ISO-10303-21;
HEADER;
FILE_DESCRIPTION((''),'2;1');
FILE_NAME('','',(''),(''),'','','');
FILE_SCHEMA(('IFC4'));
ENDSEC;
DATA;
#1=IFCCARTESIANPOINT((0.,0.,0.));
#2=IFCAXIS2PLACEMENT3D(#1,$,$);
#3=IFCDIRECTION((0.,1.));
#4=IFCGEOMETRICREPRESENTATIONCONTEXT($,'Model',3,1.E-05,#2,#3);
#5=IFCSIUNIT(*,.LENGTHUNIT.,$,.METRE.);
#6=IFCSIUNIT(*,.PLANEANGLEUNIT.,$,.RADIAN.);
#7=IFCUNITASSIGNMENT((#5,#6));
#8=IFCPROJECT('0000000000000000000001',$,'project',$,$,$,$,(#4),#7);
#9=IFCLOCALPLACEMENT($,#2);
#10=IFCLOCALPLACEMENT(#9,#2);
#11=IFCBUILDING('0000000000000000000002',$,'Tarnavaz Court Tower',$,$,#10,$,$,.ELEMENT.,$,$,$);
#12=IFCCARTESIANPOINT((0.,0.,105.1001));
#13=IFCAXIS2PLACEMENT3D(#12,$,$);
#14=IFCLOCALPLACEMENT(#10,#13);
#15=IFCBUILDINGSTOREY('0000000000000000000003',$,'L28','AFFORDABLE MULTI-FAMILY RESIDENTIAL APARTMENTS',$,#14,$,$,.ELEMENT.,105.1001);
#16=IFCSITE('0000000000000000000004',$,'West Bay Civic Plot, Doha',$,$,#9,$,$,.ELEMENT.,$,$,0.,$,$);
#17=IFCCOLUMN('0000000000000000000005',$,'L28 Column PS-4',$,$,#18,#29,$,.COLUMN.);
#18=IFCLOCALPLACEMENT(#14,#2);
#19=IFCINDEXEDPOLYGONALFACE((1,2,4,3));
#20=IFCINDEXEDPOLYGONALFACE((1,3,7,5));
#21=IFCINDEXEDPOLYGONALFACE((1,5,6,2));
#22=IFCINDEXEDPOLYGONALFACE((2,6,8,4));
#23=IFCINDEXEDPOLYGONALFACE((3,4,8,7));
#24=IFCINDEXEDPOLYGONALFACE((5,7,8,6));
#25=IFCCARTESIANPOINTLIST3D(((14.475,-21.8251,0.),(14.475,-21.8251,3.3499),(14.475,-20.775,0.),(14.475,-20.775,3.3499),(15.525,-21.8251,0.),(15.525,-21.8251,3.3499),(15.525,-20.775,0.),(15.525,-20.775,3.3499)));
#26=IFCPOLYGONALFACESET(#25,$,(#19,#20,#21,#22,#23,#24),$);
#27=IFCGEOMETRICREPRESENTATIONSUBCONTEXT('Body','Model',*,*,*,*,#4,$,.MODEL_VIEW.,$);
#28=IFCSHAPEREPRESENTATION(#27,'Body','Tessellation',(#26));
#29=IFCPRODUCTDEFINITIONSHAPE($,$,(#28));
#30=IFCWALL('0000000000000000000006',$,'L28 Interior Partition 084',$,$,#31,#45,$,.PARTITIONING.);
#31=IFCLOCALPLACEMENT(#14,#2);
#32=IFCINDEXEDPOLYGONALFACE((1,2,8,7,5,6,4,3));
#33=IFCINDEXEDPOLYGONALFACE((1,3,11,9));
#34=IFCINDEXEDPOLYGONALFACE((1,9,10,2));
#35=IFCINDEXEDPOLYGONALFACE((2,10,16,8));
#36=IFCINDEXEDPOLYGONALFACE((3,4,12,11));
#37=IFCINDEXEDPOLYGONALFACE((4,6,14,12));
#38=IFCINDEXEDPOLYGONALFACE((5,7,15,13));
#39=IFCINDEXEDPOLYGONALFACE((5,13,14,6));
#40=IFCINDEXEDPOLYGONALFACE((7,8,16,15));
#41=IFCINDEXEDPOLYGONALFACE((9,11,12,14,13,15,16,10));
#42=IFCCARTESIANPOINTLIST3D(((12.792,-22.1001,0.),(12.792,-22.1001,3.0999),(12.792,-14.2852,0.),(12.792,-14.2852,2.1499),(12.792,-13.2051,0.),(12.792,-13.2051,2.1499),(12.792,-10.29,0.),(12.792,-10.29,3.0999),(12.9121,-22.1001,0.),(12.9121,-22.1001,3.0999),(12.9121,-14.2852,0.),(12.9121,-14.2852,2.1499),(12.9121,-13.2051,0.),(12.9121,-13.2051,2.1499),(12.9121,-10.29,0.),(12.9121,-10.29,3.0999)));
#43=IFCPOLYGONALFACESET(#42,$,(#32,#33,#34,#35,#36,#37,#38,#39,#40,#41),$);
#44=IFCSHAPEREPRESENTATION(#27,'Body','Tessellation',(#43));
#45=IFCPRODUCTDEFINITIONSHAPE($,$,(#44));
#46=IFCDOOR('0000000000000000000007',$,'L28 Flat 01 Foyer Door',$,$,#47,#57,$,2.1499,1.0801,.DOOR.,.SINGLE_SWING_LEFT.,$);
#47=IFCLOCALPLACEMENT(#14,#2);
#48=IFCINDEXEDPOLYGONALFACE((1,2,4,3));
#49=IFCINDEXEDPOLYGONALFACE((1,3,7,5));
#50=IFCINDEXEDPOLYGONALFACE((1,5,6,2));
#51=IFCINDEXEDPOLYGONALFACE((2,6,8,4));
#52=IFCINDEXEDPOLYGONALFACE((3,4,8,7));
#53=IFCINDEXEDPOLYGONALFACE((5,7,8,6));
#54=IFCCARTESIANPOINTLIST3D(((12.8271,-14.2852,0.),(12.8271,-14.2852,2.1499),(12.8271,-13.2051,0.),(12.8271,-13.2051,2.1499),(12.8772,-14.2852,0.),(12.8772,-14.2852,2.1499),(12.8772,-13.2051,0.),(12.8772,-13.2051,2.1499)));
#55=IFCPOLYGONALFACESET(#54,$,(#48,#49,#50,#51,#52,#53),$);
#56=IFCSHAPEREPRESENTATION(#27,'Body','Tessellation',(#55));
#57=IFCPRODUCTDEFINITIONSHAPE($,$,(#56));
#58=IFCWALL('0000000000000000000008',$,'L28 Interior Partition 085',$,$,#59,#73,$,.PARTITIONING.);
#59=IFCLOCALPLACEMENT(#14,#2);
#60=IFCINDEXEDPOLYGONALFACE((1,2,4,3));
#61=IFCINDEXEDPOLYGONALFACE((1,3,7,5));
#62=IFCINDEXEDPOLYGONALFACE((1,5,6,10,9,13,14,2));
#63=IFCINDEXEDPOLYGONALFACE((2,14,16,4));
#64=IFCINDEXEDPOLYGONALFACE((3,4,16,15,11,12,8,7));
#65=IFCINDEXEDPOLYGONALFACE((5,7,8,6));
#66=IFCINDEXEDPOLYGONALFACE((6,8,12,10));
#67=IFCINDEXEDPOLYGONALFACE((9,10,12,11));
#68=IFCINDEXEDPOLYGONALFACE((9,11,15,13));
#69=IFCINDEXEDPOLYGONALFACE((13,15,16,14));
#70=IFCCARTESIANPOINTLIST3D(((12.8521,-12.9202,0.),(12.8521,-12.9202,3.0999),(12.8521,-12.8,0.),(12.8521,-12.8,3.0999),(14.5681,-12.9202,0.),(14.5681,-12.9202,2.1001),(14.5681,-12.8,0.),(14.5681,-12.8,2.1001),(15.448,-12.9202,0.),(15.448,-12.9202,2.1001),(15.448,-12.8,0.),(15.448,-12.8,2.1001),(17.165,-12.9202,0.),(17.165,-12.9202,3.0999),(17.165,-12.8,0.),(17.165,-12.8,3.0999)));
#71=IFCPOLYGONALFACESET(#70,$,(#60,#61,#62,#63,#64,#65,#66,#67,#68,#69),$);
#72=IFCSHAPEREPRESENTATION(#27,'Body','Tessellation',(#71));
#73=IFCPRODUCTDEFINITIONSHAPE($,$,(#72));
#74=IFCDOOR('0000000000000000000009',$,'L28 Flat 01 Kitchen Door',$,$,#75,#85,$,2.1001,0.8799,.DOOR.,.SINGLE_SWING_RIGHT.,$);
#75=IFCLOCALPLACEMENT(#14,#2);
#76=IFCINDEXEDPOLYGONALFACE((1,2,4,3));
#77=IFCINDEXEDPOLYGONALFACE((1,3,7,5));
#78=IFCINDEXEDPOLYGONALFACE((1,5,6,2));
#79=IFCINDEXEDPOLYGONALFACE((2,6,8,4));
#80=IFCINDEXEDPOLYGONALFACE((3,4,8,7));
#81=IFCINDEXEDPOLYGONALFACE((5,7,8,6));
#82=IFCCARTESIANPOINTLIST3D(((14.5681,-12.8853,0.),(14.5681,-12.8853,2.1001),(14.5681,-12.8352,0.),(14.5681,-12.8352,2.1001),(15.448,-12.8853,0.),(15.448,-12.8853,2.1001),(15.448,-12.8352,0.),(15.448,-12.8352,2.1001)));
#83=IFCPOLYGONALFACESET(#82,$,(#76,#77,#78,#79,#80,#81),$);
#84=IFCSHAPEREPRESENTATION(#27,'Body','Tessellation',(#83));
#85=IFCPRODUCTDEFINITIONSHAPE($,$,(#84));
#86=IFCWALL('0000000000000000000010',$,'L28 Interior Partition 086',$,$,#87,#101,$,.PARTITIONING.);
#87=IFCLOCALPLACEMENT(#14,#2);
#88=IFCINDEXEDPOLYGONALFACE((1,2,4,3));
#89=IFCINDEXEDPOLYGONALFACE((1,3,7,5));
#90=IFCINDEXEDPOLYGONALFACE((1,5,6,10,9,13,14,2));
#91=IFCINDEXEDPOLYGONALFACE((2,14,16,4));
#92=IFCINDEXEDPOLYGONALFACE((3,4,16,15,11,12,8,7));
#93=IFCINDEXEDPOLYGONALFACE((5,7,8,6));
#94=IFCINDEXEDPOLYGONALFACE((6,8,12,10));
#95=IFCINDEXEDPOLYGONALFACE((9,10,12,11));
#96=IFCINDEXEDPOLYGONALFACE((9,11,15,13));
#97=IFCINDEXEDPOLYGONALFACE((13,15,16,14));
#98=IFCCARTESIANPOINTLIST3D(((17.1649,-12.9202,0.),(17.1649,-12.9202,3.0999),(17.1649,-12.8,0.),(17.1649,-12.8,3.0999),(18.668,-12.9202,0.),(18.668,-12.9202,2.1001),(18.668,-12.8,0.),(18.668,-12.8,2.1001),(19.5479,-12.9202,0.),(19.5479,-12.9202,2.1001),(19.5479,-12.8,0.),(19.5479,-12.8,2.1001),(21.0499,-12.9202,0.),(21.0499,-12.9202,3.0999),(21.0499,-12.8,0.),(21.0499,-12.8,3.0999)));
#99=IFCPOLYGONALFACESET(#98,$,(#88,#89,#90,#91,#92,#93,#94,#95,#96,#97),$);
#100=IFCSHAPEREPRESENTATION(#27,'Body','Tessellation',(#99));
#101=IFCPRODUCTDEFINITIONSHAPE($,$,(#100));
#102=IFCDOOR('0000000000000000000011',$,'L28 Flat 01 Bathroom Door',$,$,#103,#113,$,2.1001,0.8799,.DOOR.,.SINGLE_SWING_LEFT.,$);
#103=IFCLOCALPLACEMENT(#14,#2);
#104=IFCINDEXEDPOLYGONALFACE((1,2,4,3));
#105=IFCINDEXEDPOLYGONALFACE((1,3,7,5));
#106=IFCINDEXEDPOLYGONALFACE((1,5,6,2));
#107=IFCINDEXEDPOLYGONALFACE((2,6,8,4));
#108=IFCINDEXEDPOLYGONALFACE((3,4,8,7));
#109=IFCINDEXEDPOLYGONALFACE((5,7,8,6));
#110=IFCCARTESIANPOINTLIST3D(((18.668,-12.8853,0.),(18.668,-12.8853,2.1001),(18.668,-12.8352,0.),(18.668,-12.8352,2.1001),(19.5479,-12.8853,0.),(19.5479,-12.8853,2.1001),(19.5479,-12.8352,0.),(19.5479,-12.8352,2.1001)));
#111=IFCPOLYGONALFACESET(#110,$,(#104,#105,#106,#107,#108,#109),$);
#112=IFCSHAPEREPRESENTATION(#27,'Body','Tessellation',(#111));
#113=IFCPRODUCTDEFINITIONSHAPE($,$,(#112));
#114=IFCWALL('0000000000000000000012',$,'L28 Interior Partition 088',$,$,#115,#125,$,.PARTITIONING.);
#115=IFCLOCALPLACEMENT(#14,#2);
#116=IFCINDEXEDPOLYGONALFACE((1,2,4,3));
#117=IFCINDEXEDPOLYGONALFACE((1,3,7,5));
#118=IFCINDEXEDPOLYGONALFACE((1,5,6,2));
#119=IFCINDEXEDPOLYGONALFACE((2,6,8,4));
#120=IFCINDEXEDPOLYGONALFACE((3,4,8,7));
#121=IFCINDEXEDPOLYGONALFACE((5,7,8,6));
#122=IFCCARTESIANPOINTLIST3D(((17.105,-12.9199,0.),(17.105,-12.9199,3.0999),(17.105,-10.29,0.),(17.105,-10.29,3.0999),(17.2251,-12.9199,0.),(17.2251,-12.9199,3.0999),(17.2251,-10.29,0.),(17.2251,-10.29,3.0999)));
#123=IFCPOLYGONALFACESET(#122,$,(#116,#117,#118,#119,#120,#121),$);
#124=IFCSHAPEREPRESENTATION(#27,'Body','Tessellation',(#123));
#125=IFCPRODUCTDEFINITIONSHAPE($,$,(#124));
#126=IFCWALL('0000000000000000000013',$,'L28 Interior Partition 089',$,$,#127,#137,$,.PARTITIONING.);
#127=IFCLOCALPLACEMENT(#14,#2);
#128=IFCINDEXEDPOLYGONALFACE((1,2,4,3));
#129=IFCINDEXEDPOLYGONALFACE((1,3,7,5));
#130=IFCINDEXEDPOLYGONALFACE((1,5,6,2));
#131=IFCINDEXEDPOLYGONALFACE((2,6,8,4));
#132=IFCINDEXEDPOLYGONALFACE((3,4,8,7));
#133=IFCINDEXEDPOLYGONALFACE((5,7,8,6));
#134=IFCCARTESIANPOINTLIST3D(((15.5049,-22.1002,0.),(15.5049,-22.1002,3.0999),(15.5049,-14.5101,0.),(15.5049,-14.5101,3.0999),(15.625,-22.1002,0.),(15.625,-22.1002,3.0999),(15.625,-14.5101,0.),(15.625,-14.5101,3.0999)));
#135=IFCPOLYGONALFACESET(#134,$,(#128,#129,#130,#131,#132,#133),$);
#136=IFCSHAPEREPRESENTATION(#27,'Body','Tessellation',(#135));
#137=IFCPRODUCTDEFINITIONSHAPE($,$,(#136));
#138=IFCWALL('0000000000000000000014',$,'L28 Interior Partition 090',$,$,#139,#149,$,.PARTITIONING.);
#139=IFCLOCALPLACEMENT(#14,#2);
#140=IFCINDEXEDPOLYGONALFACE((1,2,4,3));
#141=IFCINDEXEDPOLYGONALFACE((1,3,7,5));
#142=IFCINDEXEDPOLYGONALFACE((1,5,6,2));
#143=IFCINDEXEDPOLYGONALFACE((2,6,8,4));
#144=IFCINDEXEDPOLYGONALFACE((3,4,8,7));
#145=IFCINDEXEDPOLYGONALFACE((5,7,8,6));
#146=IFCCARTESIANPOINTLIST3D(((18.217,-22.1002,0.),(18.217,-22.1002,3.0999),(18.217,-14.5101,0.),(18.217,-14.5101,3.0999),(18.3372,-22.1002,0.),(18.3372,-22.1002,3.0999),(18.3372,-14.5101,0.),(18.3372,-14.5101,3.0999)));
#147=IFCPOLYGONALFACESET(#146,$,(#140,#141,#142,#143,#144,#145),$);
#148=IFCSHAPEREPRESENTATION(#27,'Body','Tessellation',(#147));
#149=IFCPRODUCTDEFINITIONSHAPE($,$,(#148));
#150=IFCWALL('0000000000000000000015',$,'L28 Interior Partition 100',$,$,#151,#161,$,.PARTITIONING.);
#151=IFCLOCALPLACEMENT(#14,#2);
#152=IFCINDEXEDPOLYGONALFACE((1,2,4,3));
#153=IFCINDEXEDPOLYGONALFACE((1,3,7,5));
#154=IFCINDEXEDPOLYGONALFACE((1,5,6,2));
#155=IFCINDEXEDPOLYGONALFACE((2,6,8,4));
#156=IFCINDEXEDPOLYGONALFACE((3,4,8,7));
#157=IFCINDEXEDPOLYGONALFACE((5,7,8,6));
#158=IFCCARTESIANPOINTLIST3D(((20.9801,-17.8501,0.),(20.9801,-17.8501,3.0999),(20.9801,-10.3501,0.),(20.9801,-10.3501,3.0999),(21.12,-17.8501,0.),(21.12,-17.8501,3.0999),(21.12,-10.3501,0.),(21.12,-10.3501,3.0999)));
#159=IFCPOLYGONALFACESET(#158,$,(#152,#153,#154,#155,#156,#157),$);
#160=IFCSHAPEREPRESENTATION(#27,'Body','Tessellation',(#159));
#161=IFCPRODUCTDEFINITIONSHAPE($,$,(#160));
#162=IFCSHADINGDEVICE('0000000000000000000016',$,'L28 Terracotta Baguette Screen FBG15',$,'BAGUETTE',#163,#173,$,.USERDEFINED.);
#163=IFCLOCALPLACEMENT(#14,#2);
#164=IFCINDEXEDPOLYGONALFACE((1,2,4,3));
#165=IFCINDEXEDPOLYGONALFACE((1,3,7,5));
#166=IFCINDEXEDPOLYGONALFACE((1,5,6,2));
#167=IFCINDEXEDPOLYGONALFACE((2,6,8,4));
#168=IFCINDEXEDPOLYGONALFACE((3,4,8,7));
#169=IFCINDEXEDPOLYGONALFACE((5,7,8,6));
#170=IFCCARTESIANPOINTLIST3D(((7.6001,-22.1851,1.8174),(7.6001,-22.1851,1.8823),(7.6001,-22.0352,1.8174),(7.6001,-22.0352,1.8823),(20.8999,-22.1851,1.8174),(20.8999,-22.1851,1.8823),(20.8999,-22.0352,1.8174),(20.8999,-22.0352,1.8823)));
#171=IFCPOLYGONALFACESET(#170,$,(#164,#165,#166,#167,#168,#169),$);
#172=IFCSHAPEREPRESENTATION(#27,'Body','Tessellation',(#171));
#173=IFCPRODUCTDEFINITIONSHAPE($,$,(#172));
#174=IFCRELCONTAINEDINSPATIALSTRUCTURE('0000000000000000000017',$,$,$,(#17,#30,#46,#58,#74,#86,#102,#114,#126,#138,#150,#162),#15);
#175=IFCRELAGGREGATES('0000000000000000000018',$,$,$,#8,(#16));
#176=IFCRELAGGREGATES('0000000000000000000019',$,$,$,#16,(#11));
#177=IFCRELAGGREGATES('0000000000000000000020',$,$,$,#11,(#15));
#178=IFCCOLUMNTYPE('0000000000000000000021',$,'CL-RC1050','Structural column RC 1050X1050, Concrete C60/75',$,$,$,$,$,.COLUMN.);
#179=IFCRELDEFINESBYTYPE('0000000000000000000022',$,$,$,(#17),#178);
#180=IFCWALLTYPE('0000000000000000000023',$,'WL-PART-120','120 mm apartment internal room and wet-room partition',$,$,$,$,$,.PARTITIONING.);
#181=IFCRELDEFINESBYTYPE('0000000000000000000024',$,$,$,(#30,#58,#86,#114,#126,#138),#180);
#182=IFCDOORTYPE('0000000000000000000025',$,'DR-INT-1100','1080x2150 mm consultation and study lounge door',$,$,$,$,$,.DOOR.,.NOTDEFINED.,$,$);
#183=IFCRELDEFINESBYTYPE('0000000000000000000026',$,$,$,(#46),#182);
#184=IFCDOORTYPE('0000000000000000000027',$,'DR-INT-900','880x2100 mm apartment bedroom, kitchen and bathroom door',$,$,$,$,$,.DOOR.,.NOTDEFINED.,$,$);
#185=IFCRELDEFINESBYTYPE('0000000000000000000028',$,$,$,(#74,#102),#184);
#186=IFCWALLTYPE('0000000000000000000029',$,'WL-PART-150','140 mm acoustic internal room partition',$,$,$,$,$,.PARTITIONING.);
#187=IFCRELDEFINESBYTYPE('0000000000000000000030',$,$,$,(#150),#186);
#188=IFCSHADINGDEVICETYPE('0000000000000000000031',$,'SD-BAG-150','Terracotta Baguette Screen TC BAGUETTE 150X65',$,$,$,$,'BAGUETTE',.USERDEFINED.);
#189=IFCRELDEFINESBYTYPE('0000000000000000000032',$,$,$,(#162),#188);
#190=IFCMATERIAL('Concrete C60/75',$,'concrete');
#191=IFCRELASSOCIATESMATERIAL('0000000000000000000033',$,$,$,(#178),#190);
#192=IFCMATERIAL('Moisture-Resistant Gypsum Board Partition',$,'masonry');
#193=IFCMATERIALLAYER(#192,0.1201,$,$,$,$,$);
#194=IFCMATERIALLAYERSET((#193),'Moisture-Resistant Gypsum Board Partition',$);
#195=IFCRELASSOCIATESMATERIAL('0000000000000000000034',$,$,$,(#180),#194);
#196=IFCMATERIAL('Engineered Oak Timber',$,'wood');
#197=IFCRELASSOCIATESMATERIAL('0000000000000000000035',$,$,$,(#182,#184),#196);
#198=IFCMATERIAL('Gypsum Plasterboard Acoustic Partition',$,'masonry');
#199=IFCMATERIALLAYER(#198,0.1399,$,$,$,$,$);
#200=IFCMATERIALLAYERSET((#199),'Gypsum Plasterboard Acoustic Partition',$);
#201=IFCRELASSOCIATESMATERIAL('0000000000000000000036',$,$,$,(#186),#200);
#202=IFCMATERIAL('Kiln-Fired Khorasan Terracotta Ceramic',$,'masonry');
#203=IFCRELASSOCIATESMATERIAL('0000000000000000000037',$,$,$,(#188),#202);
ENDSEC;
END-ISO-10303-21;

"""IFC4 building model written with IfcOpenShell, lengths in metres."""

from ifc_helpers import new_model, si_unit, direction, frame, frame_2d, origin, origin_2d, place, context, subcontext, project, spatial, rectangle, extrude, material, layer, layer_set, material_profile, profile_set, type_object, element, fill, save


model = new_model("IFC4")

# Units and contexts
model_context = context("Model", 3, precision=1e-05, world=origin(), true_north=direction((0.0, 1.0)))
body_context = subcontext(model_context, "Body", "Model", "MODEL_VIEW")
ifc_project = project(units=[si_unit("LENGTHUNIT", "METRE"), si_unit("PLANEANGLEUNIT", "RADIAN")], contexts=[model_context])

# Site, building, storey
site_placement = place(None, origin())
site = spatial("IfcSite", under=ifc_project, at=site_placement, Name="West Bay Civic Plot, Doha", CompositionType="ELEMENT", RefElevation=0.0)
building_placement = place(site_placement, origin())
building = spatial("IfcBuilding", under=site, at=building_placement, Name="Tarnavaz Court Tower", CompositionType="ELEMENT")
storey_placement = place(building_placement, frame((0.0, 0.0, 105.1001)))
storey = spatial("IfcBuildingStorey", under=building, at=storey_placement, Name="L28", Description="AFFORDABLE MULTI-FAMILY RESIDENTIAL APARTMENTS", CompositionType="ELEMENT", Elevation=105.1001)

# Column
ifc_material_1 = material(Name="Concrete C60/75", Category="concrete")
ifc_material_profile_1 = material_profile(ifc_material_1, rectangle(XDim=1.05, YDim=1.05, at=origin_2d()), Name="RC 1050X1050")
ifc_profile_set_1 = profile_set([ifc_material_profile_1], Name="Concrete C60/75")
column_type = type_object("IfcColumnType", Name="CL-RC1050", Description="Structural column RC 1050X1050, Concrete C60/75", PredefinedType="COLUMN", material=ifc_profile_set_1)
column_placement = place(storey_placement, frame((15.0, -21.3, 0.0), z_axis=(0.0, 0.0, 1.0), x_axis=(1.0, 0.0, 0.0)))
element("IfcColumn", 1, at=column_placement, inside=storey, type_object=column_type, Name="L28 Column PS-4", PredefinedType="COLUMN", context=body_context, shape_type="SweptSolid", body=[
    extrude(rectangle(XDim=1.05, YDim=1.05, at=origin_2d()), origin(), (0.0, 0.0, 1.0), 3.3499),
])

# Walls, openings, doors
ifc_material_2 = material(Name="Moisture-Resistant Gypsum Board Partition", Category="masonry")
ifc_layer_1 = layer(ifc_material_2, 0.1201)
ifc_layer_set_1 = layer_set([ifc_layer_1], Name="Moisture-Resistant Gypsum Board Partition")
wall_type_1 = type_object("IfcWallType", Name="WL-PART-120", Description="120 mm apartment internal room and wet-room partition", PredefinedType="PARTITIONING", material=ifc_layer_set_1)
wall_1_placement = place(storey_placement, frame((12.8521, -22.1001, 0.0), z_axis=(0.0, 0.0, 1.0), x_axis=(0.0, 1.0, 0.0)))
wall_1 = element("IfcWall", 2, at=wall_1_placement, inside=storey, type_object=wall_type_1, Name="L28 Interior Partition 084", PredefinedType="PARTITIONING", context=body_context, shape_type="SweptSolid", body=[
    extrude(rectangle(XDim=11.8101, YDim=0.1201, at=frame_2d((5.905, 0.0))), origin(), (0.0, 0.0, 1.0), 3.0999),
])
opening_1_placement = place(wall_1_placement, frame((7.8149, 0.0, 0.0)))
opening_1 = element("IfcOpeningElement", 3, at=opening_1_placement, cuts=wall_1, PredefinedType="OPENING", context=body_context, shape_type="SweptSolid", body=[
    extrude(rectangle(XDim=1.0801, YDim=2.1499, at=frame_2d((0.54, 1.075))), frame((0.0, 0.0701, 0.0), z_axis=(0.0, -1.0, 0.0), x_axis=(1.0, 0.0, 0.0)), (0.0, 0.0, 1.0), 0.1401),
])
ifc_material_3 = material(Name="Engineered Oak Timber", Category="wood")
door_type_1 = type_object("IfcDoorType", Name="DR-INT-1100", Description="1080x2150 mm consultation and study lounge door", OperationType="NOTDEFINED", PredefinedType="DOOR", material=ifc_material_3)
door_1_placement = place(opening_1_placement, origin())
door_1 = element("IfcDoor", 4, at=door_1_placement, inside=storey, type_object=door_type_1, Name="L28 Flat 01 Foyer Door", OperationType="SINGLE_SWING_LEFT", OverallHeight=2.1499, OverallWidth=1.0801, PredefinedType="DOOR", context=body_context, shape_type="SweptSolid", body=[
    extrude(rectangle(XDim=1.0801, YDim=2.1499, at=frame_2d((0.54, 1.075))), frame((0.0, 0.0249, 0.0), z_axis=(0.0, -1.0, 0.0), x_axis=(1.0, 0.0, 0.0)), (0.0, 0.0, 1.0), 0.05),
])
fill(opening_1, door_1)
wall_2_placement = place(storey_placement, frame((12.8521, -12.8601, 0.0), z_axis=(0.0, 0.0, 1.0), x_axis=(1.0, 0.0, 0.0)))
wall_2 = element("IfcWall", 5, at=wall_2_placement, inside=storey, type_object=wall_type_1, Name="L28 Interior Partition 085", PredefinedType="PARTITIONING", context=body_context, shape_type="SweptSolid", body=[
    extrude(rectangle(XDim=4.313, YDim=0.1201, at=frame_2d((2.1565, 0.0))), origin(), (0.0, 0.0, 1.0), 3.0999),
])
opening_2_placement = place(wall_2_placement, frame((1.7161, 0.0, 0.0)))
opening_2 = element("IfcOpeningElement", 6, at=opening_2_placement, cuts=wall_2, PredefinedType="OPENING", context=body_context, shape_type="SweptSolid", body=[
    extrude(rectangle(XDim=0.8799, YDim=2.1001, at=frame_2d((0.4399, 1.05))), frame((0.0, 0.0701, 0.0), z_axis=(0.0, -1.0, 0.0), x_axis=(1.0, 0.0, 0.0)), (0.0, 0.0, 1.0), 0.1401),
])
door_type_2 = type_object("IfcDoorType", Name="DR-INT-900", Description="880x2100 mm apartment bedroom, kitchen and bathroom door", OperationType="NOTDEFINED", PredefinedType="DOOR", material=ifc_material_3)
door_2_placement = place(opening_2_placement, origin())
door_2 = element("IfcDoor", 7, at=door_2_placement, inside=storey, type_object=door_type_2, Name="L28 Flat 01 Kitchen Door", OperationType="SINGLE_SWING_RIGHT", OverallHeight=2.1001, OverallWidth=0.8799, PredefinedType="DOOR", context=body_context, shape_type="SweptSolid", body=[
    extrude(rectangle(XDim=0.8799, YDim=2.1001, at=frame_2d((0.4399, 1.05))), frame((0.0, 0.0249, 0.0), z_axis=(0.0, -1.0, 0.0), x_axis=(1.0, 0.0, 0.0)), (0.0, 0.0, 1.0), 0.05),
])
fill(opening_2, door_2)
wall_3_placement = place(storey_placement, frame((17.165, -12.8601, 0.0), z_axis=(0.0, 0.0, 1.0), x_axis=(1.0, 0.0, 0.0)))
wall_3 = element("IfcWall", 8, at=wall_3_placement, inside=storey, type_object=wall_type_1, Name="L28 Interior Partition 086", PredefinedType="PARTITIONING", context=body_context, shape_type="SweptSolid", body=[
    extrude(rectangle(XDim=3.885, YDim=0.1201, at=frame_2d((1.9424, 0.0))), origin(), (0.0, 0.0, 1.0), 3.0999),
])
opening_3_placement = place(wall_3_placement, frame((1.5029, 0.0, 0.0)))
opening_3 = element("IfcOpeningElement", 9, at=opening_3_placement, cuts=wall_3, PredefinedType="OPENING", context=body_context, shape_type="SweptSolid", body=[
    extrude(rectangle(XDim=0.8799, YDim=2.1001, at=frame_2d((0.4399, 1.05))), frame((0.0, 0.0701, 0.0), z_axis=(0.0, -1.0, 0.0), x_axis=(1.0, 0.0, 0.0)), (0.0, 0.0, 1.0), 0.1401),
])
door_3_placement = place(opening_3_placement, origin())
door_3 = element("IfcDoor", 10, at=door_3_placement, inside=storey, type_object=door_type_2, Name="L28 Flat 01 Bathroom Door", OperationType="SINGLE_SWING_LEFT", OverallHeight=2.1001, OverallWidth=0.8799, PredefinedType="DOOR", context=body_context, shape_type="SweptSolid", body=[
    extrude(rectangle(XDim=0.8799, YDim=2.1001, at=frame_2d((0.4399, 1.05))), frame((0.0, 0.0249, 0.0), z_axis=(0.0, -1.0, 0.0), x_axis=(1.0, 0.0, 0.0)), (0.0, 0.0, 1.0), 0.05),
])
fill(opening_3, door_3)

# Walls
wall_4_placement = place(storey_placement, frame((17.165, -12.9199, 0.0), z_axis=(0.0, 0.0, 1.0), x_axis=(0.0, 1.0, 0.0)))
element("IfcWall", 11, at=wall_4_placement, inside=storey, type_object=wall_type_1, Name="L28 Interior Partition 088", PredefinedType="PARTITIONING", context=body_context, shape_type="SweptSolid", body=[
    extrude(rectangle(XDim=2.6299, YDim=0.1201, at=frame_2d((1.3149, 0.0))), origin(), (0.0, 0.0, 1.0), 3.0999),
])
for number, where, z_axis, x_axis, name in (
    (12, (15.5649, -22.1001, 0.0), (0.0, 0.0, 1.0), (0.0, 1.0, 0.0), "L28 Interior Partition 089"),
    (13, (18.2771, -22.1001, 0.0), (0.0, 0.0, 1.0), (0.0, 1.0, 0.0), "L28 Interior Partition 090"),
):
    element("IfcWall", number, at=place(storey_placement, frame(where, z_axis=z_axis, x_axis=x_axis)), inside=storey, type_object=wall_type_1, Name=name, PredefinedType="PARTITIONING", context=body_context, shape_type="SweptSolid", body=[
        extrude(rectangle(XDim=7.5901, YDim=0.1201, at=frame_2d((3.7949, 0.0))), origin(), (0.0, 0.0, 1.0), 3.0999),
    ])
ifc_material_4 = material(Name="Gypsum Plasterboard Acoustic Partition", Category="masonry")
ifc_layer_2 = layer(ifc_material_4, 0.1399)
ifc_layer_set_2 = layer_set([ifc_layer_2], Name="Gypsum Plasterboard Acoustic Partition")
wall_type_2 = type_object("IfcWallType", Name="WL-PART-150", Description="140 mm acoustic internal room partition", PredefinedType="PARTITIONING", material=ifc_layer_set_2)
wall_5_placement = place(storey_placement, frame((21.05, -17.8501, 0.0), z_axis=(0.0, 0.0, 1.0), x_axis=(0.0, 1.0, 0.0)))
element("IfcWall", 14, at=wall_5_placement, inside=storey, type_object=wall_type_2, Name="L28 Interior Partition 100", PredefinedType="PARTITIONING", context=body_context, shape_type="SweptSolid", body=[
    extrude(rectangle(XDim=7.5, YDim=0.1399, at=frame_2d((3.75, 0.0))), origin(), (0.0, 0.0, 1.0), 3.0999),
])

# Shading device
ifc_material_5 = material(Name="Kiln-Fired Khorasan Terracotta Ceramic", Category="masonry")
ifc_material_profile_2 = material_profile(ifc_material_5, rectangle(XDim=0.1499, YDim=0.0649, at=origin_2d()), Name="TC BAGUETTE 150X65")
ifc_profile_set_2 = profile_set([ifc_material_profile_2], Name="Kiln-Fired Khorasan Terracotta Ceramic")
shading_device_type = type_object("IfcShadingDeviceType", Name="SD-BAG-150", Description="Terracotta Baguette Screen TC BAGUETTE 150X65", ElementType="BAGUETTE", PredefinedType="USERDEFINED", material=ifc_profile_set_2)
shading_device_placement = place(storey_placement, frame((20.8999, -22.1101, 1.8499), z_axis=(-1.0, 0.0, 0.0), x_axis=(0.0, -1.0, 0.0)))
element("IfcShadingDevice", 15, at=shading_device_placement, inside=storey, type_object=shading_device_type, Name="L28 Terracotta Baguette Screen FBG15", ObjectType="BAGUETTE", PredefinedType="USERDEFINED", context=body_context, shape_type="SweptSolid", body=[
    extrude(rectangle(XDim=0.1499, YDim=0.0649, at=origin_2d()), origin(), (0.0, 0.0, 1.0), 13.2998),
])

save(model, "model.ifc")
